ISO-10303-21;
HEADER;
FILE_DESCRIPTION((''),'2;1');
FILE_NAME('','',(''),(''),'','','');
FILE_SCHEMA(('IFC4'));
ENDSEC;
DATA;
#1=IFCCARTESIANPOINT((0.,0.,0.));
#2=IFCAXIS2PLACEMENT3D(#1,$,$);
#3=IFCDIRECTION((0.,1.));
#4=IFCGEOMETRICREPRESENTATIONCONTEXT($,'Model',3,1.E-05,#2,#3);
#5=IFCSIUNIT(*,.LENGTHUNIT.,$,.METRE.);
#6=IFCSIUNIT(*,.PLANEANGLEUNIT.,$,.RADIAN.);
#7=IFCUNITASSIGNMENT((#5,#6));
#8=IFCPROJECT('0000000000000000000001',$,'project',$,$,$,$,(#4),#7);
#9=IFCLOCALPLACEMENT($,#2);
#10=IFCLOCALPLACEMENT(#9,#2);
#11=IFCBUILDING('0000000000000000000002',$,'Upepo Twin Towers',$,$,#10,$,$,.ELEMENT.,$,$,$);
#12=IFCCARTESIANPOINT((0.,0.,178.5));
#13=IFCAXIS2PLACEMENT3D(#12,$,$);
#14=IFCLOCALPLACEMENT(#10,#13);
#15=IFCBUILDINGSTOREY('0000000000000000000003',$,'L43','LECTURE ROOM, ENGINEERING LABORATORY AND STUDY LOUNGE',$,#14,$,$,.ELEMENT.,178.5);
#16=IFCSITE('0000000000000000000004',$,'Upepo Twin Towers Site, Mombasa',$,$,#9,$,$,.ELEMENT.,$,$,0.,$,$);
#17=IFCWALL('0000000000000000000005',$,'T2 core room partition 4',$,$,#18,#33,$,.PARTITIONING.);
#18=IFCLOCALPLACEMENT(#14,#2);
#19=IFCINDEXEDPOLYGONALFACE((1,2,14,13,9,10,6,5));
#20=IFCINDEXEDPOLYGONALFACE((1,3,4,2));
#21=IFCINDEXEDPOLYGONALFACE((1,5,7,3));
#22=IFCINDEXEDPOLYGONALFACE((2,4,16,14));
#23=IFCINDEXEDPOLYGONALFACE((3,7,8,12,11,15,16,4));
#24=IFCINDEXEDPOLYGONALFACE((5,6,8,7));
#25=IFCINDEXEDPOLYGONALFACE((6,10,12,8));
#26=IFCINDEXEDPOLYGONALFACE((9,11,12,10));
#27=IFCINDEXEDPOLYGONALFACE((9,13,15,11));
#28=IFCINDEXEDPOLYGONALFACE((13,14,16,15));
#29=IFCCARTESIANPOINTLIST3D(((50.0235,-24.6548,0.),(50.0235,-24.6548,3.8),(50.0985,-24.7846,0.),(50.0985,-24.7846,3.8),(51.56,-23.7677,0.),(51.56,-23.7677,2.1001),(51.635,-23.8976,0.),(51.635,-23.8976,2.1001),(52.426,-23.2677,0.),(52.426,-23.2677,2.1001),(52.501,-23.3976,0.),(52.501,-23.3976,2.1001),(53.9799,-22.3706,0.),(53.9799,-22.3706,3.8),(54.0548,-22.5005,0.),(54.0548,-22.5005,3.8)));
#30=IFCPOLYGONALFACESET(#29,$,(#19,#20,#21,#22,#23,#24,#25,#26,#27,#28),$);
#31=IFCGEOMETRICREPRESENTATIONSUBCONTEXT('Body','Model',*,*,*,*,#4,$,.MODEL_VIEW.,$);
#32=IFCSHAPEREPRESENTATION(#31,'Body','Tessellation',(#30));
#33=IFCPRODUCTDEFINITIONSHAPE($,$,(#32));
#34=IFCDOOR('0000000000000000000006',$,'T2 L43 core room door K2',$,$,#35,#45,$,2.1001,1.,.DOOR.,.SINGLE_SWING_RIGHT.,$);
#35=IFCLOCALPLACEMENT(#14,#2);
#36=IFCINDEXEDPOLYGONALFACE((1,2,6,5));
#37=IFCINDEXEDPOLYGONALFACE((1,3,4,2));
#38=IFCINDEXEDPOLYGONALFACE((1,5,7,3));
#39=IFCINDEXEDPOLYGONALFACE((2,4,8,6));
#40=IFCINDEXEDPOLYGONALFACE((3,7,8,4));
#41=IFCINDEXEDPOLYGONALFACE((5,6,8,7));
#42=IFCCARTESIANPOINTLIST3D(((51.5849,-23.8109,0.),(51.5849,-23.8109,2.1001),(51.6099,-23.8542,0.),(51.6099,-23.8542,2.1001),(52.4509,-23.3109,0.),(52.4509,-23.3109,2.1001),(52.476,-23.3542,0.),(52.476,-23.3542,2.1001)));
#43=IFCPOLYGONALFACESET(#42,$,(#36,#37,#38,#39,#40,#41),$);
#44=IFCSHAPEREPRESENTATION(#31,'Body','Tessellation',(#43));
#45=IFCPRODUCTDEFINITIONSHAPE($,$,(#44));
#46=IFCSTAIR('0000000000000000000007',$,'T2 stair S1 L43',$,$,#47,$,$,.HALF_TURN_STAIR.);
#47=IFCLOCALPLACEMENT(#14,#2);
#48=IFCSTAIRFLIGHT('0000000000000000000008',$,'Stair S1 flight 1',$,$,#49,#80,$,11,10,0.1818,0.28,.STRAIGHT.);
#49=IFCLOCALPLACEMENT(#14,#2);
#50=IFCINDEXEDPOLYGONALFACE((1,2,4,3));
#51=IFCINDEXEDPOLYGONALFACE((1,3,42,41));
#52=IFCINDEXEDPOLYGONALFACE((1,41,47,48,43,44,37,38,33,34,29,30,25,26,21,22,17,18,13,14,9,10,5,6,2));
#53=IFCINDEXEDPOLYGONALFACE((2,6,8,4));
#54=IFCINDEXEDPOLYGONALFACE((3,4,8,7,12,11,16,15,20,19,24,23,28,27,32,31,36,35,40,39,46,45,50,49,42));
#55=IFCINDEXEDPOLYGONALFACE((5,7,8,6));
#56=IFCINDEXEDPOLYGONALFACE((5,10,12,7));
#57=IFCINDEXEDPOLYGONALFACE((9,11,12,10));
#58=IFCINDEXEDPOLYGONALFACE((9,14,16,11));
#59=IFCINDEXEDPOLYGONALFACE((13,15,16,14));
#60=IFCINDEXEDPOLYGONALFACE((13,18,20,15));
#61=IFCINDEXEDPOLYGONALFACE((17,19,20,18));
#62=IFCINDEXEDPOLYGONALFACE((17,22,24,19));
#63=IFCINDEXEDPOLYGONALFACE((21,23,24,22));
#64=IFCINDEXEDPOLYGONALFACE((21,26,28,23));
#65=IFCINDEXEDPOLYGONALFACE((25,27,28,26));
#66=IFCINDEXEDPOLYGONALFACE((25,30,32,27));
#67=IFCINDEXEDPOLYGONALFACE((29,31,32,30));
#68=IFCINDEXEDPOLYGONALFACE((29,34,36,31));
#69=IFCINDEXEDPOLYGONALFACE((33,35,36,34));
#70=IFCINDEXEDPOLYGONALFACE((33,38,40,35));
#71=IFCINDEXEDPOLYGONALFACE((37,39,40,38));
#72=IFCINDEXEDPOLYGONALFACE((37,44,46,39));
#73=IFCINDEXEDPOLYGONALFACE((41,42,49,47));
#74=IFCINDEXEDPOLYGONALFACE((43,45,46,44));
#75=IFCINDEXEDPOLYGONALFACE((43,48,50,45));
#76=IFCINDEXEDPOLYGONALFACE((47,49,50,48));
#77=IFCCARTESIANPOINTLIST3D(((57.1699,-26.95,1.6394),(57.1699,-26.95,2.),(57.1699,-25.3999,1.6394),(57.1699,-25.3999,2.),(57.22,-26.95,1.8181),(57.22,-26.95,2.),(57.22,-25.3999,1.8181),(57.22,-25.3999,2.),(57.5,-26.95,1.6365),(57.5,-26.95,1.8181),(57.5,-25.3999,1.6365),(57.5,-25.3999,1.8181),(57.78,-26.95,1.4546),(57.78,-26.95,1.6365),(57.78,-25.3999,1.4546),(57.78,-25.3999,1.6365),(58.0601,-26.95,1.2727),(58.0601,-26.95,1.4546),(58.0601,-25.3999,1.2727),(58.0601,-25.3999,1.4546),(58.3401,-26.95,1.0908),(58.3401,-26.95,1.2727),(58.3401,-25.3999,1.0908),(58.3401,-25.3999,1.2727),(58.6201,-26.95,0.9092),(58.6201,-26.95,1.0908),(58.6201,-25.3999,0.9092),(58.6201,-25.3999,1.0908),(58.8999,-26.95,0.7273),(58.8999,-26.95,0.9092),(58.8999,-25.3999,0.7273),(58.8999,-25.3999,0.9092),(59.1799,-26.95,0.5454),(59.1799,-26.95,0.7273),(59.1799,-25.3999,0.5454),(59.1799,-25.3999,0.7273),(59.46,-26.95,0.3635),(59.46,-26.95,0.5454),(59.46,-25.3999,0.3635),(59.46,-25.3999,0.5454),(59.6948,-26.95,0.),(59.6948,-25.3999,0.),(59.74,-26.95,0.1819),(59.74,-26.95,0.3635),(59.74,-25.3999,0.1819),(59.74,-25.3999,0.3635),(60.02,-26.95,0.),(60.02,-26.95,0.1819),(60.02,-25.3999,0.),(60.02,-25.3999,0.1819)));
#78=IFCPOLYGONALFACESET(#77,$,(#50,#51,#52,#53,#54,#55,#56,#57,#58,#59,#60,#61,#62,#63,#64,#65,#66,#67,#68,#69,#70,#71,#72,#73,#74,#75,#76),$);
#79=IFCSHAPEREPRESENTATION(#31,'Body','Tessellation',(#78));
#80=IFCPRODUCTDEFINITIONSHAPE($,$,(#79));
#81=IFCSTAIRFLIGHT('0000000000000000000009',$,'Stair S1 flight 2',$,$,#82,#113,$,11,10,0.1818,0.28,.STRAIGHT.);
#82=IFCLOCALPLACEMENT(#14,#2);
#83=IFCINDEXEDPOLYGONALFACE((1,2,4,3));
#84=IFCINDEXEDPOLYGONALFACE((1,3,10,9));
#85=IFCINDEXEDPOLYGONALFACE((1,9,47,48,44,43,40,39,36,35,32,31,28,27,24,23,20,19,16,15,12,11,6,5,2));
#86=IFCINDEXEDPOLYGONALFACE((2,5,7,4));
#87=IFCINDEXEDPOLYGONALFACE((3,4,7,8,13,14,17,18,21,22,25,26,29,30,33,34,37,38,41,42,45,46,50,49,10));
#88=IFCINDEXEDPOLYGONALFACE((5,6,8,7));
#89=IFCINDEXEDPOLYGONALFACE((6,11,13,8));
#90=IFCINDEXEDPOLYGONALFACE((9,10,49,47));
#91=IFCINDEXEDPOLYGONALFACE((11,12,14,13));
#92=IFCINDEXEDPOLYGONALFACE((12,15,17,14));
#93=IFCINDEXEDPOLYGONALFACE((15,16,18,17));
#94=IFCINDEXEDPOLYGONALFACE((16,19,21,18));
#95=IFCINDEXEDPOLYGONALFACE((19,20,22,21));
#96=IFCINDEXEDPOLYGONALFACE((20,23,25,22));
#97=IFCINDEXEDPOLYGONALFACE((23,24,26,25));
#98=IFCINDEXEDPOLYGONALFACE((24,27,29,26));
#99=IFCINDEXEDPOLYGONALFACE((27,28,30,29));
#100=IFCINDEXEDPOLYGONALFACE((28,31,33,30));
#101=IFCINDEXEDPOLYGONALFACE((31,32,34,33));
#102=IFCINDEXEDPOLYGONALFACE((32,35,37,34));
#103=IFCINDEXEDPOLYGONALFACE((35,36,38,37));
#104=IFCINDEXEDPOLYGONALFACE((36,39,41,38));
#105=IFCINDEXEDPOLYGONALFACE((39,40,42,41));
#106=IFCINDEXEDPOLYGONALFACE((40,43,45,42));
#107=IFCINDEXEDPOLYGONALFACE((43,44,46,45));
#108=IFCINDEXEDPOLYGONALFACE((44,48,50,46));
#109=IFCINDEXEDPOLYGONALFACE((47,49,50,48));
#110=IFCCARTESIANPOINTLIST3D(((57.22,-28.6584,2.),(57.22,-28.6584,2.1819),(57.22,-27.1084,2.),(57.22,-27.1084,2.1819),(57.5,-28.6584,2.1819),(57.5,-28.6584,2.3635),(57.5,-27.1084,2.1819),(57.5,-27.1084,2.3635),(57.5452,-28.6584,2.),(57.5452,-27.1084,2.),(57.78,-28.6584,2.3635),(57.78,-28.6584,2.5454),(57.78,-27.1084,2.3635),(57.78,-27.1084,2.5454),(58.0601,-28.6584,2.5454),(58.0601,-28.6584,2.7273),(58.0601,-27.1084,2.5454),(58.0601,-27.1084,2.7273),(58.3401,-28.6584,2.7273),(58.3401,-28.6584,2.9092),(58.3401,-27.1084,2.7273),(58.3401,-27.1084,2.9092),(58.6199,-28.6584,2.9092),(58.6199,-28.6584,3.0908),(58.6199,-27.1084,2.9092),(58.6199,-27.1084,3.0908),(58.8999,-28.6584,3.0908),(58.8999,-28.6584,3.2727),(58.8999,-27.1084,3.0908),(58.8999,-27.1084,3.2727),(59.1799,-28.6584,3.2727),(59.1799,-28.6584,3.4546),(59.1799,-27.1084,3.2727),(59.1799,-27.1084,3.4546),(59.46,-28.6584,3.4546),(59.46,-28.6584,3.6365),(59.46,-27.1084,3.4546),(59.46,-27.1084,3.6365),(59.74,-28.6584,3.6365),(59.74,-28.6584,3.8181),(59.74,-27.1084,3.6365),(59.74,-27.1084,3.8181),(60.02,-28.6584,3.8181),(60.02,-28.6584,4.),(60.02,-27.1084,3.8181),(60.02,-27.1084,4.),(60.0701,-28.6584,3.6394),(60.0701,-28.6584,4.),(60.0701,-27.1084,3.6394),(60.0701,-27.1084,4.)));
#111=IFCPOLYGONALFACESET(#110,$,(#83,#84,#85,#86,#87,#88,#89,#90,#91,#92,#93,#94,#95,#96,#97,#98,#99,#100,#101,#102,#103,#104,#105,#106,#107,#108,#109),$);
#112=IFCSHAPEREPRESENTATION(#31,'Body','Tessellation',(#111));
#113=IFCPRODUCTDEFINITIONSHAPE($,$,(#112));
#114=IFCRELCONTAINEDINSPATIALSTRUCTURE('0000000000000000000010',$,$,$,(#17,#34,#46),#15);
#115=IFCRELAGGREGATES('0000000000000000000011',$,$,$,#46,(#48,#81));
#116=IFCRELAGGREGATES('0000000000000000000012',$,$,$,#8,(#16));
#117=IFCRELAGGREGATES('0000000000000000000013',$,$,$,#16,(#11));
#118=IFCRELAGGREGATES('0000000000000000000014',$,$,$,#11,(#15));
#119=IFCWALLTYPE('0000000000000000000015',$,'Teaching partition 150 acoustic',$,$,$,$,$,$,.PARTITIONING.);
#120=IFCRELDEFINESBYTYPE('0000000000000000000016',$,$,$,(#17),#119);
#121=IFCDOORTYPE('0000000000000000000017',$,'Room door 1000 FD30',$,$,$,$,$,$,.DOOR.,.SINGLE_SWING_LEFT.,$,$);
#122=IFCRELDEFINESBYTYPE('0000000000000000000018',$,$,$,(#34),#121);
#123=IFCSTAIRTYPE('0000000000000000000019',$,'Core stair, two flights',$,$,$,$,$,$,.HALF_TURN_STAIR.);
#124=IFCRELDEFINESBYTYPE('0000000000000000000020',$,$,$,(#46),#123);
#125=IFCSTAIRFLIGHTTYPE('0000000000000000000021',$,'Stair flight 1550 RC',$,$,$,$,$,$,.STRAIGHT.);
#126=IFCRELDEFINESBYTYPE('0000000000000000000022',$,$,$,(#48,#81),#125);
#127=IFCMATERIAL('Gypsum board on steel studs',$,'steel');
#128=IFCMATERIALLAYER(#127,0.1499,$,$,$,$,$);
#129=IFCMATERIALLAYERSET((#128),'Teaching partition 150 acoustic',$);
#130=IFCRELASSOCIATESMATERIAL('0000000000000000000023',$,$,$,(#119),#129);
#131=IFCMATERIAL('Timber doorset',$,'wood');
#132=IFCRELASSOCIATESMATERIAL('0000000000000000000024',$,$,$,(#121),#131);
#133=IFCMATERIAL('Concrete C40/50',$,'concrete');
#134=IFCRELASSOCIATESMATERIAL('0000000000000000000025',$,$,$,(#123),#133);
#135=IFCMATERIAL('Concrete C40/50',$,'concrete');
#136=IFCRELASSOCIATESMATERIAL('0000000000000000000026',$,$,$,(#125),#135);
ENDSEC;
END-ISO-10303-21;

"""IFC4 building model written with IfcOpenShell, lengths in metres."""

from ifc_helpers import new_model, si_unit, direction, frame, frame_2d, origin, place, context, subcontext, project, spatial, polyline, rectangle, outline, extrude, material, layer, layer_set, type_object, element, fill, aggregate, save


model = new_model("IFC4")

# Units and contexts
model_context = context("Model", 3, precision=1e-05, world=origin(), true_north=direction((0.0, 1.0)))
body_context = subcontext(model_context, "Body", "Model", "MODEL_VIEW")
ifc_project = project(units=[si_unit("LENGTHUNIT", "METRE"), si_unit("PLANEANGLEUNIT", "RADIAN")], contexts=[model_context])

# Site, building, storey
site_placement = place(None, origin())
site = spatial("IfcSite", under=ifc_project, at=site_placement, Name="Upepo Twin Towers Site, Mombasa", CompositionType="ELEMENT", RefElevation=0.0)
building_placement = place(site_placement, origin())
building = spatial("IfcBuilding", under=site, at=building_placement, Name="Upepo Twin Towers", CompositionType="ELEMENT")
storey_placement = place(building_placement, frame((0.0, 0.0, 178.5)))
storey = spatial("IfcBuildingStorey", under=building, at=storey_placement, Name="L43", Description="LECTURE ROOM, ENGINEERING LABORATORY AND STUDY LOUNGE", CompositionType="ELEMENT", Elevation=178.5)

# Shared definitions
ifc_material_1 = material(Name="Gypsum board on steel studs", Category="steel")
ifc_layer_1 = layer(ifc_material_1, 0.1499)
ifc_layer_set_1 = layer_set([ifc_layer_1], Name="Teaching partition 150 acoustic")
wall_type_1 = type_object("IfcWallType", Name="Teaching partition 150 acoustic", PredefinedType="PARTITIONING", material=ifc_layer_set_1)

# Wall, opening, door
wall_1_placement = place(storey_placement, frame((54.0173, -22.4355, 0.0), z_axis=(0.0, 0.0, 1.0), x_axis=(-0.866025, -0.500002, 0.0)))
wall_1 = element("IfcWall", 1, at=wall_1_placement, inside=storey, type_object=wall_type_1, Name="T2 core room partition 4", PredefinedType="PARTITIONING", context=body_context, shape_type="SweptSolid", body=[
    extrude(rectangle(XDim=4.5684, YDim=0.1499, at=frame_2d((2.2842, 0.0))), origin(), (0.0, 0.0, 1.0), 3.8),
])
opening_1_placement = place(wall_1_placement, frame((1.7942, 0.0, 0.0)))
opening_1 = element("IfcOpeningElement", 2, at=opening_1_placement, cuts=wall_1, PredefinedType="OPENING", context=body_context, shape_type="SweptSolid", body=[
    extrude(rectangle(XDim=1.0, YDim=2.1001, at=frame_2d((0.5, 1.05))), frame((0.0, 0.085, 0.0), z_axis=(0.0, -1.0, 0.0), x_axis=(1.0, 0.0, 0.0)), (0.0, 0.0, 1.0), 0.1699),
])
ifc_material_2 = material(Name="Timber doorset", Category="wood")
door_type_1 = type_object("IfcDoorType", Name="Room door 1000 FD30", OperationType="SINGLE_SWING_LEFT", PredefinedType="DOOR", material=ifc_material_2)
door_1_placement = place(opening_1_placement, origin())
door_1 = element("IfcDoor", 3, at=door_1_placement, inside=storey, type_object=door_type_1, Name="T2 L43 core room door K2", OperationType="SINGLE_SWING_RIGHT", OverallHeight=2.1001, OverallWidth=1.0, PredefinedType="DOOR", context=body_context, shape_type="SweptSolid", body=[
    extrude(rectangle(XDim=1.0, YDim=2.1001, at=frame_2d((0.5, 1.05))), frame((0.0, 0.0249, 0.0), z_axis=(0.0, -1.0, 0.0), x_axis=(1.0, 0.0, 0.0)), (0.0, 0.0, 1.0), 0.05),
])
fill(opening_1, door_1)

# Stair, stair flights
ifc_material_3 = material(Name="Concrete C40/50", Category="concrete")
stair_type = type_object("IfcStairType", Name="Core stair, two flights", PredefinedType="HALF_TURN_STAIR", material=ifc_material_3)
stair_placement = place(storey_placement, origin())
stair = element("IfcStair", 4, at=stair_placement, inside=storey, type_object=stair_type, Name="T2 stair S1 L43", PredefinedType="HALF_TURN_STAIR")
ifc_material_4 = material(Name="Concrete C40/50", Category="concrete")
stair_flight_type = type_object("IfcStairFlightType", Name="Stair flight 1550 RC", PredefinedType="STRAIGHT", material=ifc_material_4)
stair_flight_1_placement = place(storey_placement, frame((60.02, -26.175, 0.0), z_axis=(0.0, 0.0, 1.0), x_axis=(-1.0, 0.0, 0.0)))
stair_flight_1 = element("IfcStairFlight", 5, at=stair_flight_1_placement, type_object=stair_flight_type, Name="Stair S1 flight 1", NumberOfRisers=11, NumberOfTreads=10, PredefinedType="STRAIGHT", RiserHeight=0.1818, TreadLength=0.28, context=body_context, shape_type="SweptSolid", body=[
    extrude(outline(polyline([(0.0, 0.0), (0.0, 0.1819), (0.28, 0.1819), (0.28, 0.3635), (0.5601, 0.3635), (0.5601, 0.5454), (0.8401, 0.5454), (0.8401, 0.7273), (1.1201, 0.7273), (1.1201, 0.9092), (1.3999, 0.9092), (1.3999, 1.0908), (1.6799, 1.0908), (1.6799, 1.2727), (1.96, 1.2727), (1.96, 1.4546), (2.24, 1.4546), (2.24, 1.6365), (2.52, 1.6365), (2.52, 1.8181), (2.8, 1.8181), (2.8, 2.0), (2.8501, 2.0), (2.8501, 1.6394), (0.3252, 0.0), (0.0, 0.0)])), frame((0.0, 0.7749, 0.0), z_axis=(0.0, -1.0, 0.0), x_axis=(1.0, 0.0, 0.0)), (0.0, 0.0, 1.0), 1.55),
])
stair_flight_2_placement = place(storey_placement, frame((57.22, -27.8833, 2.0), z_axis=(0.0, 0.0, 1.0), x_axis=(1.0, 0.0, 0.0)))
stair_flight_2 = element("IfcStairFlight", 6, at=stair_flight_2_placement, type_object=stair_flight_type, Name="Stair S1 flight 2", NumberOfRisers=11, NumberOfTreads=10, PredefinedType="STRAIGHT", RiserHeight=0.1818, TreadLength=0.28, context=body_context, shape_type="SweptSolid", body=[
    extrude(outline(polyline([(0.0, 0.0), (0.0, 0.1819), (0.28, 0.1819), (0.28, 0.3635), (0.5601, 0.3635), (0.5601, 0.5454), (0.8401, 0.5454), (0.8401, 0.7273), (1.1201, 0.7273), (1.1201, 0.9092), (1.3999, 0.9092), (1.3999, 1.0908), (1.6799, 1.0908), (1.6799, 1.2727), (1.96, 1.2727), (1.96, 1.4546), (2.24, 1.4546), (2.24, 1.6365), (2.52, 1.6365), (2.52, 1.8181), (2.8, 1.8181), (2.8, 2.0), (2.8501, 2.0), (2.8501, 1.6394), (0.3252, 0.0), (0.0, 0.0)])), frame((0.0, 0.7749, 0.0), z_axis=(0.0, -1.0, 0.0), x_axis=(1.0, 0.0, 0.0)), (0.0, 0.0, 1.0), 1.55),
])
aggregate(stair, [stair_flight_1, stair_flight_2])

save(model, "model.ifc")
